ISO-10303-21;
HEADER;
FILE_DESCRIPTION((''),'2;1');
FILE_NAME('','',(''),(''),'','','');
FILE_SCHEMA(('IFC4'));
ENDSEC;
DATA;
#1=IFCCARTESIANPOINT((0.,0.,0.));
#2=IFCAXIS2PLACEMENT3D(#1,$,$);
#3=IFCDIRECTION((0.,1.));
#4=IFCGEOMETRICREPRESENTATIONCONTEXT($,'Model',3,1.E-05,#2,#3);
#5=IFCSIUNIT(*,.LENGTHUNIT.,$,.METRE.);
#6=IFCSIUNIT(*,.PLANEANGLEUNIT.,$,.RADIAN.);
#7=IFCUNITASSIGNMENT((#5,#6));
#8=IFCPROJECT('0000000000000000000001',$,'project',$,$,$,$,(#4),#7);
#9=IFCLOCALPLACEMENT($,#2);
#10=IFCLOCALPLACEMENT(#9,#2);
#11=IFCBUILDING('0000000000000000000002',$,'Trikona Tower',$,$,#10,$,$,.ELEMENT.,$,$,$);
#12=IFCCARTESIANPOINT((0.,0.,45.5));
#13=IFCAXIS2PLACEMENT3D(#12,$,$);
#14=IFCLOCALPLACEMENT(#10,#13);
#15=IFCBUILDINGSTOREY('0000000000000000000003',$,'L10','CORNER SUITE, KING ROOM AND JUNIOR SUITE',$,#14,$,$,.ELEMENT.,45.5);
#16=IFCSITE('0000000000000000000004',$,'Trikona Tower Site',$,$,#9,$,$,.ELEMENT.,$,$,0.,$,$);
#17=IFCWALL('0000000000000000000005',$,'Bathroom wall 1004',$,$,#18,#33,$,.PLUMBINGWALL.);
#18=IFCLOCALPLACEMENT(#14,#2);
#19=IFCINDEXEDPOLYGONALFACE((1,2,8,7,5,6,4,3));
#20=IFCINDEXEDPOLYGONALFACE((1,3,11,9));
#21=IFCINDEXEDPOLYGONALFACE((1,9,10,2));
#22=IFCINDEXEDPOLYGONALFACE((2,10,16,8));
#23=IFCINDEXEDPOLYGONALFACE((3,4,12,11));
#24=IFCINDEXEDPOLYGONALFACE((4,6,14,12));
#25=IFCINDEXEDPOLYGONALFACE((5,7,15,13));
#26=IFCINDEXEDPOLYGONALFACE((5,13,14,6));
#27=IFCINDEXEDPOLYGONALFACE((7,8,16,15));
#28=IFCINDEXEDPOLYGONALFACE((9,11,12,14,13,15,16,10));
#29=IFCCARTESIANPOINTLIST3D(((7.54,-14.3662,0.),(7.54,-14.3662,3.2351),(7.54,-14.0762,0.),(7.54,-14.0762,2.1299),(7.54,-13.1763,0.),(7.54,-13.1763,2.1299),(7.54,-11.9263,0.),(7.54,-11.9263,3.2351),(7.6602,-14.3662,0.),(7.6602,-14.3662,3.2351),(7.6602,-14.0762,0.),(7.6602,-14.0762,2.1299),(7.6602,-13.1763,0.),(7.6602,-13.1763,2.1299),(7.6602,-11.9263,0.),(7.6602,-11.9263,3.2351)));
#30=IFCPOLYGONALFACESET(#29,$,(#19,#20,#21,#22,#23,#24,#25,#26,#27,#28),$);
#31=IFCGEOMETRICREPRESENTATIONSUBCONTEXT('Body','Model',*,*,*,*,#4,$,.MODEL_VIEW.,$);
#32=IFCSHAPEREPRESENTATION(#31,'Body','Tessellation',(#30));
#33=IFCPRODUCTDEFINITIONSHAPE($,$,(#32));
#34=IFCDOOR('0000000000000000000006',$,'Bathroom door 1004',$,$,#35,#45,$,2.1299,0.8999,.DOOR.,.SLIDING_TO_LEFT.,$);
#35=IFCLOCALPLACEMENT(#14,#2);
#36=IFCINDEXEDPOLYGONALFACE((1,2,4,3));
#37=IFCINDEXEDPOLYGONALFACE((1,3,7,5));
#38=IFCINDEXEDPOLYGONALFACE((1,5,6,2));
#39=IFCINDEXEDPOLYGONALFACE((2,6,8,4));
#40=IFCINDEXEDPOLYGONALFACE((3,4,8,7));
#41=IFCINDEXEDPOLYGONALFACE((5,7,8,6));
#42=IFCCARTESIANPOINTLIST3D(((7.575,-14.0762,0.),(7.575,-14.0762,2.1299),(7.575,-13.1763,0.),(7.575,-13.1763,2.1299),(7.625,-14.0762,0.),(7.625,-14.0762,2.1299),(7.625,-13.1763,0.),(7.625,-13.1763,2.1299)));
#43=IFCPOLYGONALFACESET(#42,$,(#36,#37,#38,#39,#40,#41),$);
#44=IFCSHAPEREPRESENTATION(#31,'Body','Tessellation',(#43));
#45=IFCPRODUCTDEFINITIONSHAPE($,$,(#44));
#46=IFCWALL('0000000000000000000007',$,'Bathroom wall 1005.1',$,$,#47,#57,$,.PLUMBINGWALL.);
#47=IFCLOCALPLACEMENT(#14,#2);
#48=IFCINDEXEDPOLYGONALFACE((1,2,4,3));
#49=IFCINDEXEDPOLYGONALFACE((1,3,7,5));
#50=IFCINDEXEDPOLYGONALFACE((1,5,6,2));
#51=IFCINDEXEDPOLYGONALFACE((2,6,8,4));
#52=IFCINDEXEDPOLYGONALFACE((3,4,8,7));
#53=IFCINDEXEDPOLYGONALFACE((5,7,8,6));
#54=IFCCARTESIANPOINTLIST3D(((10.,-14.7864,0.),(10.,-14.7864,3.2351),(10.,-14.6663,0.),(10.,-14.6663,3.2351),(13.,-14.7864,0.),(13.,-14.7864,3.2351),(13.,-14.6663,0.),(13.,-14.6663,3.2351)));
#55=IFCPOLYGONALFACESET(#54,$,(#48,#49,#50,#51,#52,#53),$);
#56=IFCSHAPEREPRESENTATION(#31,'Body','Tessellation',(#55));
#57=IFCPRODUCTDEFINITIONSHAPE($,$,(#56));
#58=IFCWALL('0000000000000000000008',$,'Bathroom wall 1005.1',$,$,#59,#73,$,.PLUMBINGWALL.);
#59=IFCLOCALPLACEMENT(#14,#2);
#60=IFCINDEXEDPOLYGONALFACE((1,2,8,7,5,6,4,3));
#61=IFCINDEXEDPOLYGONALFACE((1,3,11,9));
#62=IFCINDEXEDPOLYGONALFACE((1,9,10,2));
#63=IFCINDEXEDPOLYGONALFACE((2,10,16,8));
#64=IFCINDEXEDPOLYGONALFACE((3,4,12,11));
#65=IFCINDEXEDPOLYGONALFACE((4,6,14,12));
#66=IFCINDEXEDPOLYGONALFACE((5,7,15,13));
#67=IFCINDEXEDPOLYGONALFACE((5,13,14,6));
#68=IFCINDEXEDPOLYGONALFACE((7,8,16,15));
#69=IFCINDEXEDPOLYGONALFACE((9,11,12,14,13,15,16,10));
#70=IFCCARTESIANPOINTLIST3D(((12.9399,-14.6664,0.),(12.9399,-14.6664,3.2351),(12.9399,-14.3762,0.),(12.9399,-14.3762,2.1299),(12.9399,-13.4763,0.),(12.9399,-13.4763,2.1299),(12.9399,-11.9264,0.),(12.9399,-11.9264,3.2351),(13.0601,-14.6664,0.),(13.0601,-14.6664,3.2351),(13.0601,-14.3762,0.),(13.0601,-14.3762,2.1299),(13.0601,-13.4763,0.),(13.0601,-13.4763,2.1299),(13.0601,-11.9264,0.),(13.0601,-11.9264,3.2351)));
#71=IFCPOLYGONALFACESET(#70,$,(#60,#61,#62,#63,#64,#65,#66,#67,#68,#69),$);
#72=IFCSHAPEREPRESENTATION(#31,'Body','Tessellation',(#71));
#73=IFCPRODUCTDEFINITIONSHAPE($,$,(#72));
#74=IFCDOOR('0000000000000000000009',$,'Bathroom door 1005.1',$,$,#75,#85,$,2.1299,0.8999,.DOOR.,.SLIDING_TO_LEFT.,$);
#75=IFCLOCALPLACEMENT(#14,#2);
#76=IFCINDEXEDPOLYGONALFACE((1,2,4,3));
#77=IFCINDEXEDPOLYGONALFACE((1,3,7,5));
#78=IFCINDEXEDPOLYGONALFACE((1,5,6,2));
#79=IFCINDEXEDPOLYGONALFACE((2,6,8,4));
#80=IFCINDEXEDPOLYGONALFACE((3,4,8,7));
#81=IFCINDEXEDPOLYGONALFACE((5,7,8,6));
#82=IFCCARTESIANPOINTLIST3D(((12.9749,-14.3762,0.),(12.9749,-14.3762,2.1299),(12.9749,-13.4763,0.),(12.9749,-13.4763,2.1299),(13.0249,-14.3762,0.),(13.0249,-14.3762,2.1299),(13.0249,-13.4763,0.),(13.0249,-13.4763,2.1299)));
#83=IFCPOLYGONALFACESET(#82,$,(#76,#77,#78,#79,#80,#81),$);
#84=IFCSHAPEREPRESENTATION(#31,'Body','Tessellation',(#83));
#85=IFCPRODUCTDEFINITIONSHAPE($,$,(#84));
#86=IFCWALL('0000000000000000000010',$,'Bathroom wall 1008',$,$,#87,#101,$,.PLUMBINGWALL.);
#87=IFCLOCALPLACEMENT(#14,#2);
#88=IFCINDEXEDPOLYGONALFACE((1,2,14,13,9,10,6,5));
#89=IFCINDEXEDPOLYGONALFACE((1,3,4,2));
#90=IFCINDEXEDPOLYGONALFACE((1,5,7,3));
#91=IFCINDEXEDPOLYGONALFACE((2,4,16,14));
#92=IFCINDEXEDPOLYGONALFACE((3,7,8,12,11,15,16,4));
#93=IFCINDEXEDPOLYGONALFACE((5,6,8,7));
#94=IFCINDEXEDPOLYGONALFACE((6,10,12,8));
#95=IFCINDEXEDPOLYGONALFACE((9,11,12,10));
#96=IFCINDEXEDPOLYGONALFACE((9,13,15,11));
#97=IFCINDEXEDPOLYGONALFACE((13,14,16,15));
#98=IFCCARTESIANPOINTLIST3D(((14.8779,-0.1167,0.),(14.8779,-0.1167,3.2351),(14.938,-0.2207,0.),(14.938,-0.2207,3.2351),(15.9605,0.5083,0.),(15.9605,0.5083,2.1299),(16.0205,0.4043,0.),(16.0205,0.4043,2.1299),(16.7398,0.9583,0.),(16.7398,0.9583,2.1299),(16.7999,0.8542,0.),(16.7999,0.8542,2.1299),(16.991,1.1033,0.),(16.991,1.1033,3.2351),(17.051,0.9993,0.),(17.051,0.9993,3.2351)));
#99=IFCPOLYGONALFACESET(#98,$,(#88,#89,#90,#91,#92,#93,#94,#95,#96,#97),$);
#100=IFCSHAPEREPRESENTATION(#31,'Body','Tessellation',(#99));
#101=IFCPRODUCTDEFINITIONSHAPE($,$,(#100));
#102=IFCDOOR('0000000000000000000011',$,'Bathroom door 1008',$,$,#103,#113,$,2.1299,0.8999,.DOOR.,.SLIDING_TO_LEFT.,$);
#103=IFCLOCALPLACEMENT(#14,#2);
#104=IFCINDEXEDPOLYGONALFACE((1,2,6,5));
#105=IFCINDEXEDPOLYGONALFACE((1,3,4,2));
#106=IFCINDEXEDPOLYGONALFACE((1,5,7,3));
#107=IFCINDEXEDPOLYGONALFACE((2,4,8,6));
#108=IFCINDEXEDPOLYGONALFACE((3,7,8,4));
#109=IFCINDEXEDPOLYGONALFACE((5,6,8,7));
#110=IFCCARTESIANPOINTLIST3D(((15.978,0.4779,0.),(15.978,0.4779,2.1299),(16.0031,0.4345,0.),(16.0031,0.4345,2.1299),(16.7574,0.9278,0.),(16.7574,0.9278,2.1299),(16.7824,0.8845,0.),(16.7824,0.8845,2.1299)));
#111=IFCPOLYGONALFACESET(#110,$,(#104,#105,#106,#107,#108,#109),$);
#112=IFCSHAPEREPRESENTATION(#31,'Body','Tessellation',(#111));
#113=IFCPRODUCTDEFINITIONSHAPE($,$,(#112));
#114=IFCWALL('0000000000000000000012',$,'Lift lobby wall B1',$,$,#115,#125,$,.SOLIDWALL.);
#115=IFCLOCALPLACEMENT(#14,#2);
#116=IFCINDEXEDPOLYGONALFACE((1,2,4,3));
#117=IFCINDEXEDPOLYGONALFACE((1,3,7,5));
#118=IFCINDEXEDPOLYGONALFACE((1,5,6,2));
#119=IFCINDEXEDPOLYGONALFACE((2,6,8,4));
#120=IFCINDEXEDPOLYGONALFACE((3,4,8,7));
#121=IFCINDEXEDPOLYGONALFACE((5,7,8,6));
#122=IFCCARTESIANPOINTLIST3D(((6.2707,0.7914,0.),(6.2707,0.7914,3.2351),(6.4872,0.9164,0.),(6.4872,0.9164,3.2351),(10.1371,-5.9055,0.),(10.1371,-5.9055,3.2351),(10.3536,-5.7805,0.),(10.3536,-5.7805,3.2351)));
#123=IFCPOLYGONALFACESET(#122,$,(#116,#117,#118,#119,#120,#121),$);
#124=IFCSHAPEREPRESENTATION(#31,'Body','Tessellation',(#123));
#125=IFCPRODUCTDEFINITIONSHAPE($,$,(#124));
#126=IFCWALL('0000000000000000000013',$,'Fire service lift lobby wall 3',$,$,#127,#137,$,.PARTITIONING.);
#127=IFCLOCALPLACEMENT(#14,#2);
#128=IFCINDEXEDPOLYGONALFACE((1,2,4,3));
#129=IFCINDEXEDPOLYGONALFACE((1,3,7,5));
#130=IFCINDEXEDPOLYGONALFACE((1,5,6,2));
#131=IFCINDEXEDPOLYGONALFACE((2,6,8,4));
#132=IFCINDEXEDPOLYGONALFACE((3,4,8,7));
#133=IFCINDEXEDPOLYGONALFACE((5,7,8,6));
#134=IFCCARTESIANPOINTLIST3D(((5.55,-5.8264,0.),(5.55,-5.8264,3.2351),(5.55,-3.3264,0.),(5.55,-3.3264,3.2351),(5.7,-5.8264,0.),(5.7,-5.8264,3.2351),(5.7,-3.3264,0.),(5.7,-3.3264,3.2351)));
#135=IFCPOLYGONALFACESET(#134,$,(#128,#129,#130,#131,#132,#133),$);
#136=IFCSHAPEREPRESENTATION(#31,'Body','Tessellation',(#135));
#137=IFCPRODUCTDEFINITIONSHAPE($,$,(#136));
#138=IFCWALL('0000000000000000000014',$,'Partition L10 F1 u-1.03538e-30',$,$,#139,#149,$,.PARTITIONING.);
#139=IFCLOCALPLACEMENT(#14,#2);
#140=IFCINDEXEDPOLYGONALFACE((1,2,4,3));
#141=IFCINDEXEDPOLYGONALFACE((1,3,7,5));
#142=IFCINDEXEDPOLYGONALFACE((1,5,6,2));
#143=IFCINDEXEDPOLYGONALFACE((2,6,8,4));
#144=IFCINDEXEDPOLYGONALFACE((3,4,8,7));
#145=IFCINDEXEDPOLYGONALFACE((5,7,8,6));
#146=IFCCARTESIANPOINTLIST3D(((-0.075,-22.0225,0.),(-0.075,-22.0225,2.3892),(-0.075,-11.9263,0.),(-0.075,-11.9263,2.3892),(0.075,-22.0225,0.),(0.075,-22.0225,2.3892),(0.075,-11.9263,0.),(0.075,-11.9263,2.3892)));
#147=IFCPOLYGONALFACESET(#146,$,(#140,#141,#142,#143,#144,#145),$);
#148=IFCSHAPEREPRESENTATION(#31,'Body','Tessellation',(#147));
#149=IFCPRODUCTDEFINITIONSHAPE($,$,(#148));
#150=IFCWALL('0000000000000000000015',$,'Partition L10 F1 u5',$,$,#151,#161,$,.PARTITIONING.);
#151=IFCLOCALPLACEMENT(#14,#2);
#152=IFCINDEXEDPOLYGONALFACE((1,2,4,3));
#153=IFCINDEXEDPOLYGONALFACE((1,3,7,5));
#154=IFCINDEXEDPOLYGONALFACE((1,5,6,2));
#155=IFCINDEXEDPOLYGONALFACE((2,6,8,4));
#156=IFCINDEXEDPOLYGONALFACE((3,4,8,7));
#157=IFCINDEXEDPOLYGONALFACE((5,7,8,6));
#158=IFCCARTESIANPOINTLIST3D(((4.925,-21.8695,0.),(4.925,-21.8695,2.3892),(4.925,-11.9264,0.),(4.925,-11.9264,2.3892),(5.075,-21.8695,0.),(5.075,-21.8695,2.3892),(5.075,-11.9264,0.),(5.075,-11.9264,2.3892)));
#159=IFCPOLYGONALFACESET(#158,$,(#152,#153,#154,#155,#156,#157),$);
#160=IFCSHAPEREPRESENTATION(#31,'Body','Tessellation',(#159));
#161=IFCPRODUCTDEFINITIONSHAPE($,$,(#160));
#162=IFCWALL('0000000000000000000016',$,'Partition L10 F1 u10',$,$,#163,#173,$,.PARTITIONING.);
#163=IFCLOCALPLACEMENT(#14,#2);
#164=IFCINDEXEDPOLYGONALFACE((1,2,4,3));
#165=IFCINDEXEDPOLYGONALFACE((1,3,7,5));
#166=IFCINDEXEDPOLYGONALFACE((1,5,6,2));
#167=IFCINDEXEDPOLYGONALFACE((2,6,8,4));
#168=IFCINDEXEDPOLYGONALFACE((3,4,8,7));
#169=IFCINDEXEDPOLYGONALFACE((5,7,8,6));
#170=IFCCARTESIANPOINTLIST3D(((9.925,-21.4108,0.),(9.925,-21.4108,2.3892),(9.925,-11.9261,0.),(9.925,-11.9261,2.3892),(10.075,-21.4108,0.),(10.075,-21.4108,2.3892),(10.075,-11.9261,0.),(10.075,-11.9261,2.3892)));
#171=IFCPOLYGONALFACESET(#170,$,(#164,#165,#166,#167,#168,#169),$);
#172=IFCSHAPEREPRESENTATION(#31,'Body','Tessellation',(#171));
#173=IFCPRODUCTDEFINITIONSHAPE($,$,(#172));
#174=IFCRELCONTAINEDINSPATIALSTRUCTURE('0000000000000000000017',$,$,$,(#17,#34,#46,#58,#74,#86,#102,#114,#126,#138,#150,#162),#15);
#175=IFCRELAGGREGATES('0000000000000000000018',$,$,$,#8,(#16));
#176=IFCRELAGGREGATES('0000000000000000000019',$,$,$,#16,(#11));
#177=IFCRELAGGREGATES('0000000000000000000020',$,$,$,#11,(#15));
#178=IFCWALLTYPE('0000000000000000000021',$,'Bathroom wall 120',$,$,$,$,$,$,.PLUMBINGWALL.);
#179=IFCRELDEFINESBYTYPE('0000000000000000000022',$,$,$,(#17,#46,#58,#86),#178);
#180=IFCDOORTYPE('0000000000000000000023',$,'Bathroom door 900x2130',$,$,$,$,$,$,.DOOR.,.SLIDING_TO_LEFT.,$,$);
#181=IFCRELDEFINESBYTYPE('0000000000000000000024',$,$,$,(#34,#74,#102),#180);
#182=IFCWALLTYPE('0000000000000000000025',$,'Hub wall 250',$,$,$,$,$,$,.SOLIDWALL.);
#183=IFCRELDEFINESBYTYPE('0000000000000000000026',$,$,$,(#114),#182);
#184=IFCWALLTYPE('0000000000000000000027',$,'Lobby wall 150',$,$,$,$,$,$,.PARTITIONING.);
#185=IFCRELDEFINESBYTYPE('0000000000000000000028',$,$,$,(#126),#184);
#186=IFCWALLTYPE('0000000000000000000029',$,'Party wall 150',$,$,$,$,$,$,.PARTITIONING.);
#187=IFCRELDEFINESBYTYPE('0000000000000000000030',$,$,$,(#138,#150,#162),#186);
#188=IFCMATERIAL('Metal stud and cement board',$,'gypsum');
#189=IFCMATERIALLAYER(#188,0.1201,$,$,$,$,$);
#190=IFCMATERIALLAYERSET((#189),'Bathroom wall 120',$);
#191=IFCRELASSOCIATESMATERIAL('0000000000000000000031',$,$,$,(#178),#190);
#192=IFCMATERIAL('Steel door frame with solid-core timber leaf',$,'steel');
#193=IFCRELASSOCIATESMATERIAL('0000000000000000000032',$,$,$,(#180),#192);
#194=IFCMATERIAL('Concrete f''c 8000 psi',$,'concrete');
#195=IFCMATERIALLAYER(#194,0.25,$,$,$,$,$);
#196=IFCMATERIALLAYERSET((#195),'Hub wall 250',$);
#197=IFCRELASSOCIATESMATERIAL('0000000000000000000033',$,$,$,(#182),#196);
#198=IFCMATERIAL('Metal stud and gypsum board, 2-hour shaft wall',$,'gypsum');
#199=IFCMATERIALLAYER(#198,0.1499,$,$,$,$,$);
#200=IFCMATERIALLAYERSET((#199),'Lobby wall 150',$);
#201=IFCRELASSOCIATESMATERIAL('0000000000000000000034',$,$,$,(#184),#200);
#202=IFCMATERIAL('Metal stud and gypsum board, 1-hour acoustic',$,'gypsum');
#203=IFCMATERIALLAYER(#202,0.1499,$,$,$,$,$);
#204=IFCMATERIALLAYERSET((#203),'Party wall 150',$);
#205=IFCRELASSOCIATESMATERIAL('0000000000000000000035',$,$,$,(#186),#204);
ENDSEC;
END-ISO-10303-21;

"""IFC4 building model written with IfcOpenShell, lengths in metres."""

from ifc_helpers import new_model, si_unit, direction, frame, frame_2d, origin, place, context, subcontext, project, spatial, rectangle, extrude, material, layer, layer_set, type_object, element, fill, save


model = new_model("IFC4")

# Units and contexts
model_context = context("Model", 3, precision=1e-05, world=origin(), true_north=direction((0.0, 1.0)))
body_context = subcontext(model_context, "Body", "Model", "MODEL_VIEW")
ifc_project = project(units=[si_unit("LENGTHUNIT", "METRE"), si_unit("PLANEANGLEUNIT", "RADIAN")], contexts=[model_context])

# Site, building, storey
site_placement = place(None, origin())
site = spatial("IfcSite", under=ifc_project, at=site_placement, Name="Trikona Tower Site", CompositionType="ELEMENT", RefElevation=0.0)
building_placement = place(site_placement, origin())
building = spatial("IfcBuilding", under=site, at=building_placement, Name="Trikona Tower", CompositionType="ELEMENT")
storey_placement = place(building_placement, frame((0.0, 0.0, 45.5)))
storey = spatial("IfcBuildingStorey", under=building, at=storey_placement, Name="L10", Description="CORNER SUITE, KING ROOM AND JUNIOR SUITE", CompositionType="ELEMENT", Elevation=45.5)

# Shared definitions
ifc_material_1 = material(Name="Metal stud and cement board", Category="gypsum")
ifc_layer_1 = layer(ifc_material_1, 0.1201)
ifc_layer_set_1 = layer_set([ifc_layer_1], Name="Bathroom wall 120")
wall_type_1 = type_object("IfcWallType", Name="Bathroom wall 120", PredefinedType="PLUMBINGWALL", material=ifc_layer_set_1)

# Wall, opening, door
wall_1_placement = place(storey_placement, frame((7.6001, -11.9263, 0.0), z_axis=(0.0, 0.0, 1.0), x_axis=(0.0, -1.0, 0.0)))
wall_1 = element("IfcWall", 1, at=wall_1_placement, inside=storey, type_object=wall_type_1, Name="Bathroom wall 1004", PredefinedType="PLUMBINGWALL", context=body_context, shape_type="SweptSolid", body=[
    extrude(rectangle(XDim=2.4399, YDim=0.1201, at=frame_2d((1.22, 0.0))), origin(), (0.0, 0.0, 1.0), 3.2351),
])
opening_1_placement = place(wall_1_placement, frame((1.25, 0.0, 0.0)))
opening_1 = element("IfcOpeningElement", 2, at=opening_1_placement, cuts=wall_1, PredefinedType="OPENING", context=body_context, shape_type="SweptSolid", body=[
    extrude(rectangle(XDim=0.8999, YDim=2.1299, at=frame_2d((0.45, 1.0649))), frame((0.0, 0.0701, 0.0), z_axis=(0.0, -1.0, 0.0), x_axis=(1.0, 0.0, 0.0)), (0.0, 0.0, 1.0), 0.1401),
])
ifc_material_2 = material(Name="Steel door frame with solid-core timber leaf", Category="steel")
door_type_1 = type_object("IfcDoorType", Name="Bathroom door 900x2130", OperationType="SLIDING_TO_LEFT", PredefinedType="DOOR", material=ifc_material_2)
door_1_placement = place(opening_1_placement, origin())
door_1 = element("IfcDoor", 3, at=door_1_placement, inside=storey, type_object=door_type_1, Name="Bathroom door 1004", OperationType="SLIDING_TO_LEFT", OverallHeight=2.1299, OverallWidth=0.8999, PredefinedType="DOOR", context=body_context, shape_type="SweptSolid", body=[
    extrude(rectangle(XDim=0.8999, YDim=2.1299, at=frame_2d((0.45, 1.0649))), frame((0.0, 0.0249, 0.0), z_axis=(0.0, -1.0, 0.0), x_axis=(1.0, 0.0, 0.0)), (0.0, 0.0, 1.0), 0.05),
])
fill(opening_1, door_1)

# Wall
wall_2_placement = place(storey_placement, frame((10.0, -14.7263, 0.0), z_axis=(0.0, 0.0, 1.0), x_axis=(1.0, 0.0, 0.0)))
element("IfcWall", 4, at=wall_2_placement, inside=storey, type_object=wall_type_1, Name="Bathroom wall 1005.1", PredefinedType="PLUMBINGWALL", context=body_context, shape_type="SweptSolid", body=[
    extrude(rectangle(XDim=3.0, YDim=0.1201, at=frame_2d((1.5, 0.0))), origin(), (0.0, 0.0, 1.0), 3.2351),
])

# Walls, openings, doors
wall_3_placement = place(storey_placement, frame((13.0, -11.9263, 0.0), z_axis=(0.0, 0.0, 1.0), x_axis=(0.0, -1.0, 0.0)))
wall_3 = element("IfcWall", 5, at=wall_3_placement, inside=storey, type_object=wall_type_1, Name="Bathroom wall 1005.1", PredefinedType="PLUMBINGWALL", context=body_context, shape_type="SweptSolid", body=[
    extrude(rectangle(XDim=2.74, YDim=0.1201, at=frame_2d((1.3701, 0.0))), origin(), (0.0, 0.0, 1.0), 3.2351),
])
opening_2_placement = place(wall_3_placement, frame((1.55, 0.0, 0.0)))
opening_2 = element("IfcOpeningElement", 6, at=opening_2_placement, cuts=wall_3, PredefinedType="OPENING", context=body_context, shape_type="SweptSolid", body=[
    extrude(rectangle(XDim=0.8999, YDim=2.1299, at=frame_2d((0.45, 1.0649))), frame((0.0, 0.0701, 0.0), z_axis=(0.0, -1.0, 0.0), x_axis=(1.0, 0.0, 0.0)), (0.0, 0.0, 1.0), 0.1401),
])
door_2_placement = place(opening_2_placement, origin())
door_2 = element("IfcDoor", 7, at=door_2_placement, inside=storey, type_object=door_type_1, Name="Bathroom door 1005.1", OperationType="SLIDING_TO_LEFT", OverallHeight=2.1299, OverallWidth=0.8999, PredefinedType="DOOR", context=body_context, shape_type="SweptSolid", body=[
    extrude(rectangle(XDim=0.8999, YDim=2.1299, at=frame_2d((0.45, 1.0649))), frame((0.0, 0.0249, 0.0), z_axis=(0.0, -1.0, 0.0), x_axis=(1.0, 0.0, 0.0)), (0.0, 0.0, 1.0), 0.05),
])
fill(opening_2, door_2)
wall_4_placement = place(storey_placement, frame((14.908, -0.1687, 0.0), z_axis=(0.0, 0.0, 1.0), x_axis=(0.866024, 0.500003, 0.0)))
wall_4 = element("IfcWall", 8, at=wall_4_placement, inside=storey, type_object=wall_type_1, Name="Bathroom wall 1008", PredefinedType="PLUMBINGWALL", context=body_context, shape_type="SweptSolid", body=[
    extrude(rectangle(XDim=2.4399, YDim=0.1201, at=frame_2d((1.22, 0.0))), origin(), (0.0, 0.0, 1.0), 3.2351),
])
opening_3_placement = place(wall_4_placement, frame((1.25, 0.0, 0.0)))
opening_3 = element("IfcOpeningElement", 9, at=opening_3_placement, cuts=wall_4, PredefinedType="OPENING", context=body_context, shape_type="SweptSolid", body=[
    extrude(rectangle(XDim=0.8999, YDim=2.1299, at=frame_2d((0.45, 1.0649))), frame((0.0, 0.0701, 0.0), z_axis=(0.0, -1.0, 0.0), x_axis=(1.0, 0.0, 0.0)), (0.0, 0.0, 1.0), 0.1401),
])
door_3_placement = place(opening_3_placement, origin())
door_3 = element("IfcDoor", 10, at=door_3_placement, inside=storey, type_object=door_type_1, Name="Bathroom door 1008", OperationType="SLIDING_TO_LEFT", OverallHeight=2.1299, OverallWidth=0.8999, PredefinedType="DOOR", context=body_context, shape_type="SweptSolid", body=[
    extrude(rectangle(XDim=0.8999, YDim=2.1299, at=frame_2d((0.45, 1.0649))), frame((0.0, 0.0249, 0.0), z_axis=(0.0, -1.0, 0.0), x_axis=(1.0, 0.0, 0.0)), (0.0, 0.0, 1.0), 0.05),
])
fill(opening_3, door_3)

# Walls
ifc_material_3 = material(Name="Concrete f'c 8000 psi", Category="concrete")
ifc_layer_2 = layer(ifc_material_3, 0.25)
ifc_layer_set_2 = layer_set([ifc_layer_2], Name="Hub wall 250")
wall_type_2 = type_object("IfcWallType", Name="Hub wall 250", PredefinedType="SOLIDWALL", material=ifc_layer_set_2)
wall_5_placement = place(storey_placement, frame((10.2454, -5.843, 0.0), z_axis=(0.0, 0.0, 1.0), x_axis=(-0.499993, 0.866029, 0.0)))
element("IfcWall", 11, at=wall_5_placement, inside=storey, type_object=wall_type_2, Name="Lift lobby wall B1", PredefinedType="SOLIDWALL", context=body_context, shape_type="SweptSolid", body=[
    extrude(rectangle(XDim=7.7329, YDim=0.25, at=frame_2d((3.8665, 0.0))), origin(), (0.0, 0.0, 1.0), 3.2351),
])
ifc_material_4 = material(Name="Metal stud and gypsum board, 2-hour shaft wall", Category="gypsum")
ifc_layer_3 = layer(ifc_material_4, 0.1499)
ifc_layer_set_3 = layer_set([ifc_layer_3], Name="Lobby wall 150")
wall_type_3 = type_object("IfcWallType", Name="Lobby wall 150", PredefinedType="PARTITIONING", material=ifc_layer_set_3)
wall_6_placement = place(storey_placement, frame((5.625, -5.8264, 0.0), z_axis=(0.0, 0.0, 1.0), x_axis=(0.0, 1.0, 0.0)))
element("IfcWall", 12, at=wall_6_placement, inside=storey, type_object=wall_type_3, Name="Fire service lift lobby wall 3", PredefinedType="PARTITIONING", context=body_context, shape_type="SweptSolid", body=[
    extrude(rectangle(XDim=2.5, YDim=0.1499, at=frame_2d((1.25, 0.0))), origin(), (0.0, 0.0, 1.0), 3.2351),
])
ifc_material_5 = material(Name="Metal stud and gypsum board, 1-hour acoustic", Category="gypsum")
ifc_layer_4 = layer(ifc_material_5, 0.1499)
ifc_layer_set_4 = layer_set([ifc_layer_4], Name="Party wall 150")
wall_type_4 = type_object("IfcWallType", Name="Party wall 150", PredefinedType="PARTITIONING", material=ifc_layer_set_4)
wall_7_placement = place(storey_placement, frame((0.0, -11.9263, 0.0), z_axis=(0.0, 0.0, 1.0), x_axis=(0.0, -1.0, 0.0)))
element("IfcWall", 13, at=wall_7_placement, inside=storey, type_object=wall_type_4, Name="Partition L10 F1 u-1.03538e-30", PredefinedType="PARTITIONING", context=body_context, shape_type="SweptSolid", body=[
    extrude(rectangle(XDim=10.0962, YDim=0.1499, at=frame_2d((5.0481, 0.0))), origin(), (0.0, 0.0, 1.0), 2.3892),
])
wall_8_placement = place(storey_placement, frame((5.0, -11.9263, 0.0), z_axis=(0.0, 0.0, 1.0), x_axis=(0.0, -1.0, 0.0)))
element("IfcWall", 14, at=wall_8_placement, inside=storey, type_object=wall_type_4, Name="Partition L10 F1 u5", PredefinedType="PARTITIONING", context=body_context, shape_type="SweptSolid", body=[
    extrude(rectangle(XDim=9.9431, YDim=0.1499, at=frame_2d((4.9717, 0.0))), origin(), (0.0, 0.0, 1.0), 2.3892),
])
wall_9_placement = place(storey_placement, frame((10.0, -11.9263, 0.0), z_axis=(0.0, 0.0, 1.0), x_axis=(0.0, -1.0, 0.0)))
element("IfcWall", 15, at=wall_9_placement, inside=storey, type_object=wall_type_4, Name="Partition L10 F1 u10", PredefinedType="PARTITIONING", context=body_context, shape_type="SweptSolid", body=[
    extrude(rectangle(XDim=9.4846, YDim=0.1499, at=frame_2d((4.7422, 0.0))), origin(), (0.0, 0.0, 1.0), 2.3892),
])

save(model, "model.ifc")
